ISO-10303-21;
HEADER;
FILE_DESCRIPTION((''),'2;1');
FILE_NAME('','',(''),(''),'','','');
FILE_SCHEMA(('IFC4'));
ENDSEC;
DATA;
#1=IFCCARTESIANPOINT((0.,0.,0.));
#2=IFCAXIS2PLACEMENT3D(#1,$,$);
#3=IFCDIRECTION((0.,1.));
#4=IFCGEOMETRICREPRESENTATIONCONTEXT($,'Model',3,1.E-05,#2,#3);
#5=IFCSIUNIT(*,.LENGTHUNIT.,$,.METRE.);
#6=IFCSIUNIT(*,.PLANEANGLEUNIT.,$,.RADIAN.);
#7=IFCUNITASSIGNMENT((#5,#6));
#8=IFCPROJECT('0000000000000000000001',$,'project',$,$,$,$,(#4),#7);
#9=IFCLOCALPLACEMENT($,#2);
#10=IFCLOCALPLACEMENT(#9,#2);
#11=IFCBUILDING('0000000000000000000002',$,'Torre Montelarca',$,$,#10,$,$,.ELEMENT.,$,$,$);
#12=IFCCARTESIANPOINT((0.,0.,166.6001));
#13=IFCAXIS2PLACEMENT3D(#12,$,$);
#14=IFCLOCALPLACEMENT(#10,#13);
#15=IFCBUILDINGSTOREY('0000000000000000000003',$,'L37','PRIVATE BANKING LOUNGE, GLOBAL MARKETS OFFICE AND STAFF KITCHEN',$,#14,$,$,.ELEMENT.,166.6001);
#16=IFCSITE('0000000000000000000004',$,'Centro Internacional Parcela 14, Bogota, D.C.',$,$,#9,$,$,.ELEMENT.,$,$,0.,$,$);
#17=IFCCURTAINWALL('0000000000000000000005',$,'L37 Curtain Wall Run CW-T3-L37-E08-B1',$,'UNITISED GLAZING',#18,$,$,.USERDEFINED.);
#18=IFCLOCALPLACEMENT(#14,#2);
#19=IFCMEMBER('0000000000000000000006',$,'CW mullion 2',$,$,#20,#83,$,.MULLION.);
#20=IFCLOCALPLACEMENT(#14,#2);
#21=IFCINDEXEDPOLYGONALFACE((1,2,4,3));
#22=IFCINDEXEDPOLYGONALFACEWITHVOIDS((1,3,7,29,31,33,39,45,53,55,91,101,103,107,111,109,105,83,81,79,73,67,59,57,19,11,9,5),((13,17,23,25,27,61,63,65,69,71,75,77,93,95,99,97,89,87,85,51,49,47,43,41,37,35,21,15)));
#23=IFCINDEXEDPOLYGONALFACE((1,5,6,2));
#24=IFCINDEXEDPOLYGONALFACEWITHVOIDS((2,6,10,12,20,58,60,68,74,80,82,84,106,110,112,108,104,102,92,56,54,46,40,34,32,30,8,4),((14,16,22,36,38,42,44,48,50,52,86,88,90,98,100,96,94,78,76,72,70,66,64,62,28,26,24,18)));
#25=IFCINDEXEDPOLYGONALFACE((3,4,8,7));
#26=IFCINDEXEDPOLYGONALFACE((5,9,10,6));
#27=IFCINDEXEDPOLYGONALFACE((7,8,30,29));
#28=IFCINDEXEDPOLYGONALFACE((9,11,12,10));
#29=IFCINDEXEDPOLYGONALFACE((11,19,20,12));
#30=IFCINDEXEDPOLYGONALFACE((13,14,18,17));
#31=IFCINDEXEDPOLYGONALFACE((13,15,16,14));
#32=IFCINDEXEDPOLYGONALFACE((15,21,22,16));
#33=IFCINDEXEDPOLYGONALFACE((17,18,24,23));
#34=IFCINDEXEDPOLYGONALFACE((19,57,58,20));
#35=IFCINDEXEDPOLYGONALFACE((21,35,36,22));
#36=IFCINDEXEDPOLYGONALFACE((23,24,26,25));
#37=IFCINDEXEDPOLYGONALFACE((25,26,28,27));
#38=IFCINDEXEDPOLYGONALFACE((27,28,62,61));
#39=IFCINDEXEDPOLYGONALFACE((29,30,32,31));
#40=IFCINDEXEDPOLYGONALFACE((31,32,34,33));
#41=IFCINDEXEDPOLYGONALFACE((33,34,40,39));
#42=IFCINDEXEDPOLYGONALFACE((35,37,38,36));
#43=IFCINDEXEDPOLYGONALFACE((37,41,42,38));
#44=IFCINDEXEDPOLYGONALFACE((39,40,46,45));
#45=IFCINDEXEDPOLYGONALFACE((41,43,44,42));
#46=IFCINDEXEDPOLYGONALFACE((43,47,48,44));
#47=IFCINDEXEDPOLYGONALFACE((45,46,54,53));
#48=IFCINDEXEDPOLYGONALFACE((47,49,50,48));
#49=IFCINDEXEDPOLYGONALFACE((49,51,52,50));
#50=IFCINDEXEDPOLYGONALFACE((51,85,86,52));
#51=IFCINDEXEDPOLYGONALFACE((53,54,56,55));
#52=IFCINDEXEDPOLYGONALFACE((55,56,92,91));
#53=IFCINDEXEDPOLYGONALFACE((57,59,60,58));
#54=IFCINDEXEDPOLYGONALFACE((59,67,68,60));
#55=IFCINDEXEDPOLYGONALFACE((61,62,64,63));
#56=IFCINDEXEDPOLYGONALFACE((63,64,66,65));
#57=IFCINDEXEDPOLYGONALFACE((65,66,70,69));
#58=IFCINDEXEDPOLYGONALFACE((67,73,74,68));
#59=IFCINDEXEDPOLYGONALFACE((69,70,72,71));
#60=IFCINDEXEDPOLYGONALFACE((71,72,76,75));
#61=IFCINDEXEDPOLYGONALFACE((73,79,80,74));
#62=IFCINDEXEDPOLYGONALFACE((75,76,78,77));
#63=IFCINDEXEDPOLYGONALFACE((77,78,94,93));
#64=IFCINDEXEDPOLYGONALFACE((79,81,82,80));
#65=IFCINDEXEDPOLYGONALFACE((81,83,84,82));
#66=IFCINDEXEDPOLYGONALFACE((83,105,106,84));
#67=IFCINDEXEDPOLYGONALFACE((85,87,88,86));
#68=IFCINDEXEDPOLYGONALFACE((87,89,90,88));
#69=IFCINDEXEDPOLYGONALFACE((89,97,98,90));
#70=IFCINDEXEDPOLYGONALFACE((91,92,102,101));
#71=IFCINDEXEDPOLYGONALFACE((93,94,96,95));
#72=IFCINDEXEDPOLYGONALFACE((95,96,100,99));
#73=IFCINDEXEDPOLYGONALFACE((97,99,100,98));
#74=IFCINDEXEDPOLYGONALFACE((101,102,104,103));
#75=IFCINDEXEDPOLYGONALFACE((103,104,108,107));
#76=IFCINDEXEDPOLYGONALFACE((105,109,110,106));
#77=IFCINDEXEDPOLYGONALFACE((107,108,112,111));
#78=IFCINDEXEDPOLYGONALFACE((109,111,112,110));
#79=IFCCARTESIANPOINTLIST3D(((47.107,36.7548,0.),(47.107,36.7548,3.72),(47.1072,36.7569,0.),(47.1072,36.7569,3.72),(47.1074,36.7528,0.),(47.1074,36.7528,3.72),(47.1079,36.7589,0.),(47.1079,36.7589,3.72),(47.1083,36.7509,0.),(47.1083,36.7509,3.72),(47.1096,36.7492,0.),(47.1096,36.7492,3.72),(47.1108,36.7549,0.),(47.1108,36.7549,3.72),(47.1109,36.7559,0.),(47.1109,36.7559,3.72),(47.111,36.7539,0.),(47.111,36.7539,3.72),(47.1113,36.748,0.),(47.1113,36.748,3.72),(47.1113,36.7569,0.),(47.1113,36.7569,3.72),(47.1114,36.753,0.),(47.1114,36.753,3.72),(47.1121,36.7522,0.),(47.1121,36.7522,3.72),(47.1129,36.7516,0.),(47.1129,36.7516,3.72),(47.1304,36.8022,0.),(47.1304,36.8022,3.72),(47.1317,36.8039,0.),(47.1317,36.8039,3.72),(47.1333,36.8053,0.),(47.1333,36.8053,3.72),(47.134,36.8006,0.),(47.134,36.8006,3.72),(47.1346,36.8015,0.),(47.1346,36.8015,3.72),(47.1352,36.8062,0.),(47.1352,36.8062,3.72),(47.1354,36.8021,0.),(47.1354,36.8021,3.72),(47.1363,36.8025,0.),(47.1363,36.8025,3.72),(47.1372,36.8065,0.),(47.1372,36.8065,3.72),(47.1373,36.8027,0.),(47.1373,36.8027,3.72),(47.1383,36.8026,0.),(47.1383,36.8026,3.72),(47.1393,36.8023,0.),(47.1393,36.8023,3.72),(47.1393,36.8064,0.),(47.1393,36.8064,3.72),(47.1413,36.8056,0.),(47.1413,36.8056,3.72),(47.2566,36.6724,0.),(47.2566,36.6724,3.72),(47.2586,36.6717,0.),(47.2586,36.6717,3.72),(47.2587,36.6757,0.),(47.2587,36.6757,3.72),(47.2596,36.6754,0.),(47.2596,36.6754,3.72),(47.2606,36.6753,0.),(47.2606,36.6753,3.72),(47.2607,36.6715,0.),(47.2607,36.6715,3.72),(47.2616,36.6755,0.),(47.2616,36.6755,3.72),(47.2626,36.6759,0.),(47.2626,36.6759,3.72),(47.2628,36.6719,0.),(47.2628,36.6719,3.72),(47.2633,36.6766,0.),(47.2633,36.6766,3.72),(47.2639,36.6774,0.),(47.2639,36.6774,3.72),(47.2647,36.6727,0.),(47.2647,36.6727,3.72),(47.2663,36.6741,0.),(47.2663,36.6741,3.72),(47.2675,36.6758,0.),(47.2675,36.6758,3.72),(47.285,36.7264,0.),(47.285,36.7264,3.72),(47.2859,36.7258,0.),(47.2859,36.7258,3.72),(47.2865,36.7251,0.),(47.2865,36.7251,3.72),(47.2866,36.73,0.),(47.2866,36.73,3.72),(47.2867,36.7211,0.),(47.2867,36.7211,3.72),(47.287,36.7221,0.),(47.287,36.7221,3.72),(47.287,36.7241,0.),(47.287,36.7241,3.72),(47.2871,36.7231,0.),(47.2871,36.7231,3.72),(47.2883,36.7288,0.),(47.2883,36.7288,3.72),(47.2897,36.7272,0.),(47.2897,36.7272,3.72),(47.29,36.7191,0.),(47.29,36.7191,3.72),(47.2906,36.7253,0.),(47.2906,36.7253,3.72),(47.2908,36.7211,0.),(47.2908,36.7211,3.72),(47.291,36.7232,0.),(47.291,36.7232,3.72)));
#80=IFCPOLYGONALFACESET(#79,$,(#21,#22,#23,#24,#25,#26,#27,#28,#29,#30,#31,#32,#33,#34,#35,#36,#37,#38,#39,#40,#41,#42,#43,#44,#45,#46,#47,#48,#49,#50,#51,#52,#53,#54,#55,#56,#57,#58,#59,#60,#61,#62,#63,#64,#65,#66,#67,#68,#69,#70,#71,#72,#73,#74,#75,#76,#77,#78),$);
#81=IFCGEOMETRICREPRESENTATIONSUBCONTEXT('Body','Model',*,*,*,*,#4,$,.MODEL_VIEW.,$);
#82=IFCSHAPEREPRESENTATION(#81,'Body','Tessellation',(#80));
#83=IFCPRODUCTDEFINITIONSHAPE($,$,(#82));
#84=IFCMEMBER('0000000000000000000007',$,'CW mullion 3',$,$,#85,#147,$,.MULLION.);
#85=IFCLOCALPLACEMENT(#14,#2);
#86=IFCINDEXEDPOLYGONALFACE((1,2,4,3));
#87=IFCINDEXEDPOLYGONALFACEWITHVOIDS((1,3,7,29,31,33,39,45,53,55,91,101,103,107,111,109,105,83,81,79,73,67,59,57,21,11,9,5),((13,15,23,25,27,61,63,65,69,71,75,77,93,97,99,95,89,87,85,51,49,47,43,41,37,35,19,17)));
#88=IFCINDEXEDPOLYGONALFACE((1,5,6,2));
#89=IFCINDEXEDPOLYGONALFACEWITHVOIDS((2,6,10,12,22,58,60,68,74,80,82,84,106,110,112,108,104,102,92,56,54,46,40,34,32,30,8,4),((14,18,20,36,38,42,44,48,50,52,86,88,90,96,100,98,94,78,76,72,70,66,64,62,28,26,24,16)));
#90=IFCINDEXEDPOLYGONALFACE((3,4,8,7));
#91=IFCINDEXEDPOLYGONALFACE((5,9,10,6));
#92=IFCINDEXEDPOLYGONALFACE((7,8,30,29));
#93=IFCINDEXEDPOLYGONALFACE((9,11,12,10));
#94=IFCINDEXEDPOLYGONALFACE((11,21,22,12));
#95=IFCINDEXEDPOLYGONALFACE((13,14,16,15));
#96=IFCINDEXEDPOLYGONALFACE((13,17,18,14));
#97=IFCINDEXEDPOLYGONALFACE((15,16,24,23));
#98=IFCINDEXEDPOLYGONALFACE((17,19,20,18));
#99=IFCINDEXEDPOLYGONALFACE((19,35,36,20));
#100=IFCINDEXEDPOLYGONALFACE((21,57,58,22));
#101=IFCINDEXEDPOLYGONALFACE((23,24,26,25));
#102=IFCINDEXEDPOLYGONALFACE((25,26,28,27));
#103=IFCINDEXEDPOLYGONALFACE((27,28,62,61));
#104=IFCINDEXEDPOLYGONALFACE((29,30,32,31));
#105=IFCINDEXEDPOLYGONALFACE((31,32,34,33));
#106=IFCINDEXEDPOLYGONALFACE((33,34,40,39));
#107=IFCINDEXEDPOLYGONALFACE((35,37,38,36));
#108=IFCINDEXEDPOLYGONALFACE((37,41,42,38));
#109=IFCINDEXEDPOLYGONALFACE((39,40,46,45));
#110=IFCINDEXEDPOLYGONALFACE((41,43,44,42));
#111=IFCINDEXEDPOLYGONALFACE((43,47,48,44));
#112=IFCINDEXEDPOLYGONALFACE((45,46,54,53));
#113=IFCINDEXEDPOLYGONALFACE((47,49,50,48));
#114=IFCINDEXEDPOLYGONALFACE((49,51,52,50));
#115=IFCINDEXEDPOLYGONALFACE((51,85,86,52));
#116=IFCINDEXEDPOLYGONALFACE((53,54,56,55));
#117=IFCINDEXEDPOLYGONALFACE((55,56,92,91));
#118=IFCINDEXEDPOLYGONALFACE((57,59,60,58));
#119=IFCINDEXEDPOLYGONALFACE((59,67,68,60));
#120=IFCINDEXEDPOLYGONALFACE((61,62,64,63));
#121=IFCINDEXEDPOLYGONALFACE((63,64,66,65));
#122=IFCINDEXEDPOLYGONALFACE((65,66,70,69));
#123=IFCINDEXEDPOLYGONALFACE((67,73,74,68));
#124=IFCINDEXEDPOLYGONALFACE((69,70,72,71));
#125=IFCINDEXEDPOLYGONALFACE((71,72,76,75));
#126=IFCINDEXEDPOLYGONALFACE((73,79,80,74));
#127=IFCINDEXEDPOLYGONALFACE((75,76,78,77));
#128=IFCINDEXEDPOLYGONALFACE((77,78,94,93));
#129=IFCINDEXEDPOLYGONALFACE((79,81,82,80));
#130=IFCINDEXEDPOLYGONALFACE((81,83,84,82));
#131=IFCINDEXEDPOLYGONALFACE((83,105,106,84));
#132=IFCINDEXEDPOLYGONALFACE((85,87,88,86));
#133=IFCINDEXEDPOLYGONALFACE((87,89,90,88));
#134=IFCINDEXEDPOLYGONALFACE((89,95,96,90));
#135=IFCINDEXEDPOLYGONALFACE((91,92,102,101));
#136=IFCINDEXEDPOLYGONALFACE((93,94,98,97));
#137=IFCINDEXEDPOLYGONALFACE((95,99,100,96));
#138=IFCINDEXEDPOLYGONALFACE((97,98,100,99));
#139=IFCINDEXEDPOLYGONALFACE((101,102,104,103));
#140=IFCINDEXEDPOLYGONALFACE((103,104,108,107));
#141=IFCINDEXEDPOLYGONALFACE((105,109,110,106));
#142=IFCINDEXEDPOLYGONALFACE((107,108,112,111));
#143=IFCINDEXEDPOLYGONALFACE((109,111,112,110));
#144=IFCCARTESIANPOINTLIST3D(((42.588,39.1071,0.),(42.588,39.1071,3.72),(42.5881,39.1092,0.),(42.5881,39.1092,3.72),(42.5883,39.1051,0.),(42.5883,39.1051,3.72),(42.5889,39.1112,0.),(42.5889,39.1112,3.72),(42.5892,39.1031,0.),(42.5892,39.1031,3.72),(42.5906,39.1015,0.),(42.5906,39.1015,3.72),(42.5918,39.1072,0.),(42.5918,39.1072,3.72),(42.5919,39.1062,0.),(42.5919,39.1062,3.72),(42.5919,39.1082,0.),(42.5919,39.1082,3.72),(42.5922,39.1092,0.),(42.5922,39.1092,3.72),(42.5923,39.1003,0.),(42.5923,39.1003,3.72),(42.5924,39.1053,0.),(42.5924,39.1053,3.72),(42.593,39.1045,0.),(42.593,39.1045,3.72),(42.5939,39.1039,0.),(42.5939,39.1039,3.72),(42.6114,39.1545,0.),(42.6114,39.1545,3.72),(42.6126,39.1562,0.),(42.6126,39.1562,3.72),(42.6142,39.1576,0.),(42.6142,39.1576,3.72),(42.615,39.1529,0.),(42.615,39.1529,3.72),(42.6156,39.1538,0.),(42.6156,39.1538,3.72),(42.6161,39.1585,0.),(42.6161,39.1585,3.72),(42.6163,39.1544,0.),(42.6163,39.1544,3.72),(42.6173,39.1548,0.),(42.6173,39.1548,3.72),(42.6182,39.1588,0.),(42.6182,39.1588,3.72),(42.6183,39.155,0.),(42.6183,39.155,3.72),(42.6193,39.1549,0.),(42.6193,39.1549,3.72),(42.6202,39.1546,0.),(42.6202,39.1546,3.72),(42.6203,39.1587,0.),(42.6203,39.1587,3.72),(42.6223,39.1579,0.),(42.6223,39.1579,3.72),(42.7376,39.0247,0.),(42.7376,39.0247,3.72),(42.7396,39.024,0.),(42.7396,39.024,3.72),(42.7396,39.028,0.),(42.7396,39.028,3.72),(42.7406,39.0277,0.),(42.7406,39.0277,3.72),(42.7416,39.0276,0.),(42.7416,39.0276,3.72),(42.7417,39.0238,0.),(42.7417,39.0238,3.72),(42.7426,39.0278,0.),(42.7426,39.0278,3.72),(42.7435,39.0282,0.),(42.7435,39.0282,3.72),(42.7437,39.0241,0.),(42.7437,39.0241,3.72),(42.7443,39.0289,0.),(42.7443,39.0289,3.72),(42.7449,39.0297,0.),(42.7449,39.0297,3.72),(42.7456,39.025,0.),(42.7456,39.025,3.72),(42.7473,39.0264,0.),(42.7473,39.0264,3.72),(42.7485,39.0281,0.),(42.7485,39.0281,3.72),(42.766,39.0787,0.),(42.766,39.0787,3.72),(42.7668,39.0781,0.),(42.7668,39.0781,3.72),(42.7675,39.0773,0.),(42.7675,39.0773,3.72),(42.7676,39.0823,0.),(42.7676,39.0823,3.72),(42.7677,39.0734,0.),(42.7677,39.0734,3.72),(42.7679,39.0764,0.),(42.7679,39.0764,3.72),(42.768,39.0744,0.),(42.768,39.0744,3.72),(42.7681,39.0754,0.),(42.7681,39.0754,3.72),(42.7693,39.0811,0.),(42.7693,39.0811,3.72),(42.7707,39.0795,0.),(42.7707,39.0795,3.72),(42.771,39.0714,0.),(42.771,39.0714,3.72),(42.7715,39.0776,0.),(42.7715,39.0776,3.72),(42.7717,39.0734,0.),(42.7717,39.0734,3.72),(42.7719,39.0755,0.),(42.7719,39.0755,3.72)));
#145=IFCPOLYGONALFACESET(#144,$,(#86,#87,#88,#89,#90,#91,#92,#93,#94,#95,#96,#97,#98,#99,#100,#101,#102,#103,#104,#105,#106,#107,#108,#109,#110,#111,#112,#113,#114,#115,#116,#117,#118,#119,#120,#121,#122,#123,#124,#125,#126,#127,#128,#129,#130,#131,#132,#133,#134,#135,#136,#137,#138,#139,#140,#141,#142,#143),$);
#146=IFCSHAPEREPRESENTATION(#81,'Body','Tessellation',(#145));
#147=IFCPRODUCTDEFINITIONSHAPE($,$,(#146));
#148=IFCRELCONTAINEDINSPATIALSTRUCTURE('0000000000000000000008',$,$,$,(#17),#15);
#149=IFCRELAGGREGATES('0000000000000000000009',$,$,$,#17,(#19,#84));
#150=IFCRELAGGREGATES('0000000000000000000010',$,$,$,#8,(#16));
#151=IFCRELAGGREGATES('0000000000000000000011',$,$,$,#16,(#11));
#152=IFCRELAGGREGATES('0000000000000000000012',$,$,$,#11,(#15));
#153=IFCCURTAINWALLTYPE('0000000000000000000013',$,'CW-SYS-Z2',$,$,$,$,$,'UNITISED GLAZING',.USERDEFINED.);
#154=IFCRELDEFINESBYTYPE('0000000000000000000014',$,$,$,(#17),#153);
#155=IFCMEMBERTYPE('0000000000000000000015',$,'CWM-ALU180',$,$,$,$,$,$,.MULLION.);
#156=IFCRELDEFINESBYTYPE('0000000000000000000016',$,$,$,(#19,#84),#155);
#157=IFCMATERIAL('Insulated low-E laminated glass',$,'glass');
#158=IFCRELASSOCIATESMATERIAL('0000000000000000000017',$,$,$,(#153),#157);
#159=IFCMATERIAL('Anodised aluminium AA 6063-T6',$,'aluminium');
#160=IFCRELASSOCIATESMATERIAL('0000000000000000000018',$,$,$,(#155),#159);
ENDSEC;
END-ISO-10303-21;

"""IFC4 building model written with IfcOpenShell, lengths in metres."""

from ifc_helpers import new_model, si_unit, direction, frame, origin, origin_2d, place, context, subcontext, project, spatial, hollow_rectangle, extrude, source, transform, mapped, material, material_profile, profile_set, type_object, element, aggregate, save


model = new_model("IFC4")

# Units and contexts
model_context = context("Model", 3, precision=1e-05, world=origin(), true_north=direction((0.0, 1.0)))
body_context = subcontext(model_context, "Body", "Model", "MODEL_VIEW")
ifc_project = project(units=[si_unit("LENGTHUNIT", "METRE"), si_unit("PLANEANGLEUNIT", "RADIAN")], contexts=[model_context])

# Site, building, storey
site_placement = place(None, origin())
site = spatial("IfcSite", under=ifc_project, at=site_placement, Name="Centro Internacional Parcela 14, Bogota, D.C.", CompositionType="ELEMENT", RefElevation=0.0)
building_placement = place(site_placement, origin())
building = spatial("IfcBuilding", under=site, at=building_placement, Name="Torre Montelarca", CompositionType="ELEMENT")
storey_placement = place(building_placement, frame((0.0, 0.0, 166.6001)))
storey = spatial("IfcBuildingStorey", under=building, at=storey_placement, Name="L37", Description="PRIVATE BANKING LOUNGE, GLOBAL MARKETS OFFICE AND STAFF KITCHEN", CompositionType="ELEMENT", Elevation=166.6001)

# Shared definitions
ifc_material_1 = material(Name="Insulated low-E laminated glass", Category="glass")
curtain_wall_type = type_object("IfcCurtainWallType", Name="CW-SYS-Z2", ElementType="UNITISED GLAZING", PredefinedType="USERDEFINED", material=ifc_material_1)
ifc_material_2 = material(Name="Anodised aluminium AA 6063-T6", Category="aluminium")

# Shared definitions
ifc_material_profile_1 = material_profile(ifc_material_2, hollow_rectangle(XDim=0.0649, YDim=0.1799, WallThickness=0.0039, InnerFilletRadius=0.0039, OuterFilletRadius=0.0081, at=origin_2d()), Name="ALU65X180X4", Category="aluminium")
ifc_profile_set_1 = profile_set([ifc_material_profile_1], Name="Anodised aluminium AA 6063-T6")
member_type_1 = type_object("IfcMemberType", Name="CWM-ALU180", PredefinedType="MULLION", material=ifc_profile_set_1)
shared_shape_1 = source(origin(), body_context, "Body", "SweptSolid", [
    extrude(hollow_rectangle(XDim=0.0649, YDim=0.1799, WallThickness=0.0039, InnerFilletRadius=0.0039, OuterFilletRadius=0.0081, at=origin_2d()), origin(), (0.0, 0.0, 1.0), 3.72),
])

# Curtain wall, members
curtain_wall_1_placement = place(storey_placement, origin())
curtain_wall_1 = element("IfcCurtainWall", 1, at=curtain_wall_1_placement, inside=storey, type_object=curtain_wall_type, Name="L37 Curtain Wall Run CW-T3-L37-E08-B1", ObjectType="UNITISED GLAZING", PredefinedType="USERDEFINED")
member_1_placement = place(storey_placement, frame((47.199, 36.739, 0.0), z_axis=(0.0, 0.0, 1.0), x_axis=(-0.461743, -0.887014, 0.0)))
member_1 = element("IfcMember", 2, at=member_1_placement, type_object=member_type_1, Name="CW mullion 2", PredefinedType="MULLION", context=body_context, shape_type="MappedRepresentation", body=[
    mapped(shared_shape_1, transform((0.0, 0.0, 0.0), scale=1.0)),
])
member_2_placement = place(storey_placement, frame((42.6799, 39.0913, 0.0), z_axis=(0.0, 0.0, 1.0), x_axis=(-0.461743, -0.887014, 0.0)))
member_2 = element("IfcMember", 3, at=member_2_placement, type_object=member_type_1, Name="CW mullion 3", PredefinedType="MULLION", context=body_context, shape_type="MappedRepresentation", body=[
    mapped(shared_shape_1, transform((0.0, 0.0, 0.0), scale=1.0)),
])

aggregate(curtain_wall_1, [member_1, member_2])

save(model, "model.ifc")
